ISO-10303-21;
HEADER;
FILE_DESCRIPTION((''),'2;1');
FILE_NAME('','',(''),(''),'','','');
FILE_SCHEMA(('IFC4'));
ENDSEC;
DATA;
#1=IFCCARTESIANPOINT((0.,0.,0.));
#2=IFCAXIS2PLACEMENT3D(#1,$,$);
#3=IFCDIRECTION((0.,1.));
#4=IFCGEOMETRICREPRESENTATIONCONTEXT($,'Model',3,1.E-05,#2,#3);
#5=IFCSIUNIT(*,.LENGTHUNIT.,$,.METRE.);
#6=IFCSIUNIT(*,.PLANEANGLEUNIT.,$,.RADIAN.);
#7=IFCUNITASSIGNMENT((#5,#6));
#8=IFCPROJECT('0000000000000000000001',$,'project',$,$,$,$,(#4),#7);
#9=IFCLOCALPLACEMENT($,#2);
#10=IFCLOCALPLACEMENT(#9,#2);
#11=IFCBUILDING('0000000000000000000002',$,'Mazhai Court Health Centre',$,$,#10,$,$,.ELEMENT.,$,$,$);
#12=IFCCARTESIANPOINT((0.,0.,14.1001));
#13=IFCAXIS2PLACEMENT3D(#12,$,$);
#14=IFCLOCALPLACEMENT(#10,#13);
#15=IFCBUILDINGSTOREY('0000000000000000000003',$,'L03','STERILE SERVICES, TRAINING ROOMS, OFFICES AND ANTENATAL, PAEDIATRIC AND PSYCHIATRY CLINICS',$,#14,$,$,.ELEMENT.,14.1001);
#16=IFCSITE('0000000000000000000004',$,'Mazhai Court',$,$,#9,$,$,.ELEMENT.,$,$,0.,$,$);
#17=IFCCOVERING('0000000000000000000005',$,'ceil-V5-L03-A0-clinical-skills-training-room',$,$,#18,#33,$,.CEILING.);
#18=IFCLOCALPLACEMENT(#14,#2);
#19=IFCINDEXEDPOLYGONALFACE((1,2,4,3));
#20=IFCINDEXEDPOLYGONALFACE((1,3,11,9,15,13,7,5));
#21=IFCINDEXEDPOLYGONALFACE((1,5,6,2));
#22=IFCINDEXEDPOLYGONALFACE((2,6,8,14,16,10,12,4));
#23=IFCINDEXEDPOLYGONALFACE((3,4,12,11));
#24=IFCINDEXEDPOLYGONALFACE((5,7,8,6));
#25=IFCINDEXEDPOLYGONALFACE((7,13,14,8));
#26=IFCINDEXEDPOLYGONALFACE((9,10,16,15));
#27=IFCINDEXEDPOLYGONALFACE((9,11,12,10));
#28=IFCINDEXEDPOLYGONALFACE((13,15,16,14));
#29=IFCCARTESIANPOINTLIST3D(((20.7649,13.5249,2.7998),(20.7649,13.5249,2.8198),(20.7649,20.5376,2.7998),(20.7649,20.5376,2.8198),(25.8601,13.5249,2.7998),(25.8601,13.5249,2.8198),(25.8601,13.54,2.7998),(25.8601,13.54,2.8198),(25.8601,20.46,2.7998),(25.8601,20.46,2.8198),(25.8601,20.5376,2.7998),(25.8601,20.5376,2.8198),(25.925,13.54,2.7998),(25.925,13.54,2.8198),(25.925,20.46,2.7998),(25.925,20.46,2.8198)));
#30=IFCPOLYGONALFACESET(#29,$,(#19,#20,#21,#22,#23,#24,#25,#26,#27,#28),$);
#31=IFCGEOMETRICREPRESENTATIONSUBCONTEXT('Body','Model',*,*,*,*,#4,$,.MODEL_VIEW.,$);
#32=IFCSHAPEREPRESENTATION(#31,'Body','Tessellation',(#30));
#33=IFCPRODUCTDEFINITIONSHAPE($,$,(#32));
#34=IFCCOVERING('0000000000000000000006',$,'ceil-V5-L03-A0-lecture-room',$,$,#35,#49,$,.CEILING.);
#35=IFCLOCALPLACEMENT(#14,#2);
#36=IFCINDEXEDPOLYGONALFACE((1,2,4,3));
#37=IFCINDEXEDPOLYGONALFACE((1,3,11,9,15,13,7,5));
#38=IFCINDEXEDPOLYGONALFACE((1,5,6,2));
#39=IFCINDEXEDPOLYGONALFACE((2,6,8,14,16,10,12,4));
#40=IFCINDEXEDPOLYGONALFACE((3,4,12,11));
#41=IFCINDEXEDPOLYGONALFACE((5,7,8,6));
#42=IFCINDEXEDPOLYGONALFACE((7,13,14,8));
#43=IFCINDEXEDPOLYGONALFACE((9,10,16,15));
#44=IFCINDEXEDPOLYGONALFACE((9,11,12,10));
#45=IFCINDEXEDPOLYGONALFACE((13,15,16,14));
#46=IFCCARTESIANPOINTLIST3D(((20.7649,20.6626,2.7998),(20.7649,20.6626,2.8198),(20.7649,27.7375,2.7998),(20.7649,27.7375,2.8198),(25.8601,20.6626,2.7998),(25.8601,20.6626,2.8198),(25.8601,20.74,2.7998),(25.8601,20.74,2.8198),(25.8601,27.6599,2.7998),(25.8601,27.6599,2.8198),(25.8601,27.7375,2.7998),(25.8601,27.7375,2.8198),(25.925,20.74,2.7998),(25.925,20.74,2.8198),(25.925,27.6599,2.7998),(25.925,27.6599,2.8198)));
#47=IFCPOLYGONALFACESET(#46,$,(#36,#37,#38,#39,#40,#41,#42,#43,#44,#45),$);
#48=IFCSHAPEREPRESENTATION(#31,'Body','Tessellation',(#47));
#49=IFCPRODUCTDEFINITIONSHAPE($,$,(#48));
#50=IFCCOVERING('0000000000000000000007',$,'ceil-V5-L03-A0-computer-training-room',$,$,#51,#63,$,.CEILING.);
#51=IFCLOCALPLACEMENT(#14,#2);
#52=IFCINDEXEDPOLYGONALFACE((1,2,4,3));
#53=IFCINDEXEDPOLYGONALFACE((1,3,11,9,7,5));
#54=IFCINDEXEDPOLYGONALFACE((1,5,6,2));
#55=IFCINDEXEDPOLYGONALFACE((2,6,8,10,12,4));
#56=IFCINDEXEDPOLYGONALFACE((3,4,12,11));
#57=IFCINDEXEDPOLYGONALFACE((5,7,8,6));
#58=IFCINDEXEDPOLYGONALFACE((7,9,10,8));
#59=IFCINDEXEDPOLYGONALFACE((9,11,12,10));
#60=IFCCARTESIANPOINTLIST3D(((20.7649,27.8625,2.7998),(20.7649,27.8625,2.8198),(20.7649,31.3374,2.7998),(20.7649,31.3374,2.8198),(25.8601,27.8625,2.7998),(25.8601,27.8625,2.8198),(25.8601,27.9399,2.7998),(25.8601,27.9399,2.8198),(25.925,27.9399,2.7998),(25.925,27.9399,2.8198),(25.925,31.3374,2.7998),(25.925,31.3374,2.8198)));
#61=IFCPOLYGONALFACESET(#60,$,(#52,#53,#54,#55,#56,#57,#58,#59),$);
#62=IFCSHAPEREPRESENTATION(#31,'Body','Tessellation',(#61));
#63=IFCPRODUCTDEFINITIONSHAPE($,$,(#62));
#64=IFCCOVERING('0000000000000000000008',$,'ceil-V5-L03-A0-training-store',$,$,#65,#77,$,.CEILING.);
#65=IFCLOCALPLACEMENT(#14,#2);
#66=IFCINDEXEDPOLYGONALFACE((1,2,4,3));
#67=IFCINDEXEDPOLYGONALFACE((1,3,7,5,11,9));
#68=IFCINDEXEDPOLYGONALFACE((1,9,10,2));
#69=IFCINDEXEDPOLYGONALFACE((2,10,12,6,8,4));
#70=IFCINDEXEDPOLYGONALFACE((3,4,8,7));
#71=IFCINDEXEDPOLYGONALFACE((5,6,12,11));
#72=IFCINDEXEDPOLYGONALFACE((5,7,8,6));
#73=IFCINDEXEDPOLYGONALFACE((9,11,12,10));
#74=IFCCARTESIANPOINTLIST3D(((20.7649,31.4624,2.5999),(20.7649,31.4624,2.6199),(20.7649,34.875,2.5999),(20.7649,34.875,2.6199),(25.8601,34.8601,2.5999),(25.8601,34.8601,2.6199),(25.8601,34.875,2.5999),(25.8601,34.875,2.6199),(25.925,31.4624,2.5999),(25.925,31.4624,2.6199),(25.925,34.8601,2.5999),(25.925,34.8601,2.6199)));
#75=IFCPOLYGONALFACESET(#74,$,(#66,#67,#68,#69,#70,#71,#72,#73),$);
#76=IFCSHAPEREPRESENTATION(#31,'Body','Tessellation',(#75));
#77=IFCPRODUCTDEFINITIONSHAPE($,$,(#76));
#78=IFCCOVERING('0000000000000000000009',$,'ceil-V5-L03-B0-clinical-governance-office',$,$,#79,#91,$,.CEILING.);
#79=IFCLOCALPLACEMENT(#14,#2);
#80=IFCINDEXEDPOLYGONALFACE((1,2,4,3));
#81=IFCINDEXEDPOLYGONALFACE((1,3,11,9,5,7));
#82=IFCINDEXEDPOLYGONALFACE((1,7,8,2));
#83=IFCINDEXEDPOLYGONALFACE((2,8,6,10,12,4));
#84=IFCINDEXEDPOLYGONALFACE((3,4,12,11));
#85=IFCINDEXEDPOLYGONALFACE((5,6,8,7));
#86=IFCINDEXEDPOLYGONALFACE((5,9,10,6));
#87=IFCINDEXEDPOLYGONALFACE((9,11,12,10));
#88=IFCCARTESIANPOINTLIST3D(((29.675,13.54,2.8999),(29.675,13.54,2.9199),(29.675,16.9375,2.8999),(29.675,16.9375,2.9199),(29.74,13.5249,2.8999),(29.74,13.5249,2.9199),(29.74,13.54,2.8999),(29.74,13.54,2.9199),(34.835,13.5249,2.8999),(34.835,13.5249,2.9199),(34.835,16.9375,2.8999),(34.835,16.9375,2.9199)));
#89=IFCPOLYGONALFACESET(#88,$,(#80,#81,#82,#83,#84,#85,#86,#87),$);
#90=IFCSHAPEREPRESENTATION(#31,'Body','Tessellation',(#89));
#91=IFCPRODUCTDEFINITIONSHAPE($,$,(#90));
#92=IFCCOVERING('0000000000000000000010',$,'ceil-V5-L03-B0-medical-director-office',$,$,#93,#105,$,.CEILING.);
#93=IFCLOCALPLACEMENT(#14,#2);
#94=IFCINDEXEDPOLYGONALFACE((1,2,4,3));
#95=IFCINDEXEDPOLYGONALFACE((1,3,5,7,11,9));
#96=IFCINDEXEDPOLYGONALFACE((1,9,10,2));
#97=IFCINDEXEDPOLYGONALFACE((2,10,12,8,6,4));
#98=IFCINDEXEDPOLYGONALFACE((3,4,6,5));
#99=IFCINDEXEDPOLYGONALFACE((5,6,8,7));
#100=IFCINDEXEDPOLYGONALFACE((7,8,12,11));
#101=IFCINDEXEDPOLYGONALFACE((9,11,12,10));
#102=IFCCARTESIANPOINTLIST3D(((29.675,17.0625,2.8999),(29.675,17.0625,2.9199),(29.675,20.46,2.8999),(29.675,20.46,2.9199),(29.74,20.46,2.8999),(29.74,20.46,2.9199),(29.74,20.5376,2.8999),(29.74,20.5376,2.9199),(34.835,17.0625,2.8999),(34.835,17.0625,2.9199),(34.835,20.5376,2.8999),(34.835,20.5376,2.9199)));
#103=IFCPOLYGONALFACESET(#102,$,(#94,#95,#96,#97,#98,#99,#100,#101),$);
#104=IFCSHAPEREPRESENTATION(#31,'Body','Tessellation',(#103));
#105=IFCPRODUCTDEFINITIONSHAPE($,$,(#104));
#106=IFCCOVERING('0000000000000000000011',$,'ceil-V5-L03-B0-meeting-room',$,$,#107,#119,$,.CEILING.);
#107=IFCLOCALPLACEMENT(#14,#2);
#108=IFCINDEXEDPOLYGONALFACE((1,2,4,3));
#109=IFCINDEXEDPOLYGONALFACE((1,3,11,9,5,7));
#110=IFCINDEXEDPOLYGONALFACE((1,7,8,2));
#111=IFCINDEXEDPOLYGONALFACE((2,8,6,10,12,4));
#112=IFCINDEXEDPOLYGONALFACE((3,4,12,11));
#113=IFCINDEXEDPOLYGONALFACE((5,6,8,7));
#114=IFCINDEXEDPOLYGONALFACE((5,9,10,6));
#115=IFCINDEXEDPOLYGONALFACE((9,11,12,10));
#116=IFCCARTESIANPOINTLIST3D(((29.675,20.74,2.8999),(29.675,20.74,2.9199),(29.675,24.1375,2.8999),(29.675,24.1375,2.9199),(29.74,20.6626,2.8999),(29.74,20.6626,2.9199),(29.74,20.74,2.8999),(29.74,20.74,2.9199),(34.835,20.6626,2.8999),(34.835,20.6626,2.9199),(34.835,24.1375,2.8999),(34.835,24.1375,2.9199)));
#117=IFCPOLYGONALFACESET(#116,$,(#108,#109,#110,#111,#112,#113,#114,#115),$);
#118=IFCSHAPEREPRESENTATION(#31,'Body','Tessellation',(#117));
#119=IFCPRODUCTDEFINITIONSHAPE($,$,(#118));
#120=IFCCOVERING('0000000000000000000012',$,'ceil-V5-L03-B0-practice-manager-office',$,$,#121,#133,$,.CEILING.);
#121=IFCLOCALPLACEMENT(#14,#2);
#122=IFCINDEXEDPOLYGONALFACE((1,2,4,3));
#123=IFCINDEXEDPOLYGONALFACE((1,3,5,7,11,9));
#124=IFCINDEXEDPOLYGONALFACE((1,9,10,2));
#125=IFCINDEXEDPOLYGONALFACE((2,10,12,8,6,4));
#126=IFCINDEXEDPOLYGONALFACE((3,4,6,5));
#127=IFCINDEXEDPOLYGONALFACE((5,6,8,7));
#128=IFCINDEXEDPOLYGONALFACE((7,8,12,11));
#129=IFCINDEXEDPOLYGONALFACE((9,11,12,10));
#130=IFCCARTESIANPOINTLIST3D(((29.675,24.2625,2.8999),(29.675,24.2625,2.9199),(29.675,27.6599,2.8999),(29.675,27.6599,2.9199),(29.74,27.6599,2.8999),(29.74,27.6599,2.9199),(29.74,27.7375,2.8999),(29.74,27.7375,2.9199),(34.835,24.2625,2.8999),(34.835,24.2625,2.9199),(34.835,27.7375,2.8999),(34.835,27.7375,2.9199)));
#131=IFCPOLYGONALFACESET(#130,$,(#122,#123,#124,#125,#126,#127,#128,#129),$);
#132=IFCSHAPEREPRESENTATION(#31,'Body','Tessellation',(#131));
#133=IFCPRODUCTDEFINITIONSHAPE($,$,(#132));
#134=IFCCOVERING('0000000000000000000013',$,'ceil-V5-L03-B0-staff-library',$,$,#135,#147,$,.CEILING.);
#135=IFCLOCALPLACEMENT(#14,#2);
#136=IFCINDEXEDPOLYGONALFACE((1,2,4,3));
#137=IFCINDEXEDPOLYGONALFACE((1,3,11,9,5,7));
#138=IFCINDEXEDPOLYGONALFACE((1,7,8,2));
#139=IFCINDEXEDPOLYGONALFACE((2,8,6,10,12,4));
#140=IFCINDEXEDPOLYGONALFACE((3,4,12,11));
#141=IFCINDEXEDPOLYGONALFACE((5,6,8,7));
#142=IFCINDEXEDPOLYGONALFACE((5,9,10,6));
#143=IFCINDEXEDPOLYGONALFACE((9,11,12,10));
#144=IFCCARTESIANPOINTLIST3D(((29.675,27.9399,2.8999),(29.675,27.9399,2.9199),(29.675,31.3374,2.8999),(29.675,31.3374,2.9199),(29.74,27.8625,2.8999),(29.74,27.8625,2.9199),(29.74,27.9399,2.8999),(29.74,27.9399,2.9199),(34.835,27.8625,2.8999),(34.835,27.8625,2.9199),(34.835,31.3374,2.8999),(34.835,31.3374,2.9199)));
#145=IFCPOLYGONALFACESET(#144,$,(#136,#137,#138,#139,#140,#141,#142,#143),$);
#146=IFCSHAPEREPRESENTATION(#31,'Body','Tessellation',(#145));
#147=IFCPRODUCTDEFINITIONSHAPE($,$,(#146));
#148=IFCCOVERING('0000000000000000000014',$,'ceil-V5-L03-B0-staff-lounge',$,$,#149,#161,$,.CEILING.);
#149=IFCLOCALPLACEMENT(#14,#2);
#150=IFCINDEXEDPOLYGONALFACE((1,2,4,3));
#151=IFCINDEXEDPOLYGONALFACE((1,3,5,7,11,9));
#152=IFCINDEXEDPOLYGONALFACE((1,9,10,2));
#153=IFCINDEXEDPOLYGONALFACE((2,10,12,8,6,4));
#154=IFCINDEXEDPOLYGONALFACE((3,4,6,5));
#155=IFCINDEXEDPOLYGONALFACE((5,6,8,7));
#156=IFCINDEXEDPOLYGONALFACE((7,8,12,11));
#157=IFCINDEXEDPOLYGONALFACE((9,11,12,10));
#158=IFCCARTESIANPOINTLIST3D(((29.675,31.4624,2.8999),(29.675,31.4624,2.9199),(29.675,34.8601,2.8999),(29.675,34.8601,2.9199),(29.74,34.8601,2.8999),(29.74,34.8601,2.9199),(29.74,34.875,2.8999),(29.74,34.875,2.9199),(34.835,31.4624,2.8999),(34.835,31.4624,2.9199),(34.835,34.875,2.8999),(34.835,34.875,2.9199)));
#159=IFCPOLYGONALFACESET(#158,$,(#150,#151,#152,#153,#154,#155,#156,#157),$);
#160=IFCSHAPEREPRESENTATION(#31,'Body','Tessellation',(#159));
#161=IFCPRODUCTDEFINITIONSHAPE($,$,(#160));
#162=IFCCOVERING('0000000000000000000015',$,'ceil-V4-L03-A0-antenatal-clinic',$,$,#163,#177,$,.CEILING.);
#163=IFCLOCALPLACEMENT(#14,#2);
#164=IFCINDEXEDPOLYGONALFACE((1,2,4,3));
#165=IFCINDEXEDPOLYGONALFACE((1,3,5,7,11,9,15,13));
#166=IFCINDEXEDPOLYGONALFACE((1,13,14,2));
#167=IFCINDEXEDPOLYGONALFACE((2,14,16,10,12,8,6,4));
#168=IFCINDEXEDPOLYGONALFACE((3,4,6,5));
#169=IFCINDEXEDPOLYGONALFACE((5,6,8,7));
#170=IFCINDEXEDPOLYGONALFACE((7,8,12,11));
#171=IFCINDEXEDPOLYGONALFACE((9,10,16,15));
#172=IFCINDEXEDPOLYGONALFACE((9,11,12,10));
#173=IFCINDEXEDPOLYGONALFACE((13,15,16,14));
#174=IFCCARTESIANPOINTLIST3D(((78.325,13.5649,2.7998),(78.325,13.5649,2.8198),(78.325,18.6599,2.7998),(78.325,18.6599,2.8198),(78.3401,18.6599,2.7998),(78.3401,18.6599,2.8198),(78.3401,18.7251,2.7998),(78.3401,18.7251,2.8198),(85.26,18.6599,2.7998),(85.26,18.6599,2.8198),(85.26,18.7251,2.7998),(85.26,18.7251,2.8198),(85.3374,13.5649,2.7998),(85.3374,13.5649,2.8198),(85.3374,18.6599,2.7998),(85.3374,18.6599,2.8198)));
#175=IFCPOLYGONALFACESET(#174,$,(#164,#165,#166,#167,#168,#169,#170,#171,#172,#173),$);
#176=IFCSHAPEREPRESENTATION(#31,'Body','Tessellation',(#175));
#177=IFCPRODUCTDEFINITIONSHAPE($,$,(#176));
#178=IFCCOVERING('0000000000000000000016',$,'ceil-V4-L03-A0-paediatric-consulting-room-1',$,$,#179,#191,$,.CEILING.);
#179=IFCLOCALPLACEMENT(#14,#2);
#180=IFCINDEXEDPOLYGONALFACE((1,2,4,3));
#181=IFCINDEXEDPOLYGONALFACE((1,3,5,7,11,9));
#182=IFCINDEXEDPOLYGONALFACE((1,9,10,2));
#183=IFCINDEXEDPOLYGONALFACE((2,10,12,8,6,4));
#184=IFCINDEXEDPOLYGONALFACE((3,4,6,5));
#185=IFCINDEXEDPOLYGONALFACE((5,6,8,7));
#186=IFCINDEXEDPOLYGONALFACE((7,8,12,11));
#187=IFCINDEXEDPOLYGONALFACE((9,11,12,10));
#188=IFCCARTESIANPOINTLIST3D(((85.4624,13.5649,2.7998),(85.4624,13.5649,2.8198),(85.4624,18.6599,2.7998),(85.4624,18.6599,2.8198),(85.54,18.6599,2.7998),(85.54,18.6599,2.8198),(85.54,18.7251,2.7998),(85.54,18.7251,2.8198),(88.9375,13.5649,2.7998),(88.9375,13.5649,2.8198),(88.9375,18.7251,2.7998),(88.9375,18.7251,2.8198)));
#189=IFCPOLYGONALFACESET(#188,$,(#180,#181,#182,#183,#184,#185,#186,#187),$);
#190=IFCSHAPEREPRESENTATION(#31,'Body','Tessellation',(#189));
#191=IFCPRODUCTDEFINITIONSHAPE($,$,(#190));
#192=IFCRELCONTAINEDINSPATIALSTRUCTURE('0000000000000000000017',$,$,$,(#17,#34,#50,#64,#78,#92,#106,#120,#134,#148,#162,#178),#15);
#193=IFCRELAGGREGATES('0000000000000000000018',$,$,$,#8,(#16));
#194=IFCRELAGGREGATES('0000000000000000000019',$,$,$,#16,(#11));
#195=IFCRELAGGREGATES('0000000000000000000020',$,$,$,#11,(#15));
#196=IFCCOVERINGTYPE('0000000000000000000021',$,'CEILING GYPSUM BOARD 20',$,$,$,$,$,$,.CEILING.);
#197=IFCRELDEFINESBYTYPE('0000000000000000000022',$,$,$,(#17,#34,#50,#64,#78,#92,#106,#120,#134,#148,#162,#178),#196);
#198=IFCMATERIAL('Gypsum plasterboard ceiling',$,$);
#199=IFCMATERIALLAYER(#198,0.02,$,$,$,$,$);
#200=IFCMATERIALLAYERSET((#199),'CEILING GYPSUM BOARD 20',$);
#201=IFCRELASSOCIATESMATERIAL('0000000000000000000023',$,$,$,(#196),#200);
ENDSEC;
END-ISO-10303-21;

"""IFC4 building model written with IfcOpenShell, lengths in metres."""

from ifc_helpers import new_model, si_unit, direction, frame, origin, place, context, subcontext, project, spatial, polyline, outline, extrude, material, layer, layer_set, type_object, element, save


model = new_model("IFC4")

# Units and contexts
model_context = context("Model", 3, precision=1e-05, world=origin(), true_north=direction((0.0, 1.0)))
body_context = subcontext(model_context, "Body", "Model", "MODEL_VIEW")
ifc_project = project(units=[si_unit("LENGTHUNIT", "METRE"), si_unit("PLANEANGLEUNIT", "RADIAN")], contexts=[model_context])

# Site, building, storey
site_placement = place(None, origin())
site = spatial("IfcSite", under=ifc_project, at=site_placement, Name="Mazhai Court", CompositionType="ELEMENT", RefElevation=0.0)
building_placement = place(site_placement, origin())
building = spatial("IfcBuilding", under=site, at=building_placement, Name="Mazhai Court Health Centre", CompositionType="ELEMENT")
storey_placement = place(building_placement, frame((0.0, 0.0, 14.1001)))
storey = spatial("IfcBuildingStorey", under=building, at=storey_placement, Name="L03", Description="STERILE SERVICES, TRAINING ROOMS, OFFICES AND ANTENATAL, PAEDIATRIC AND PSYCHIATRY CLINICS", CompositionType="ELEMENT", Elevation=14.1001)

# Coverings
ifc_material_1 = material(Name="Gypsum plasterboard ceiling")
ifc_layer_1 = layer(ifc_material_1, 0.02)
ifc_layer_set_1 = layer_set([ifc_layer_1], Name="CEILING GYPSUM BOARD 20")
covering_type_1 = type_object("IfcCoveringType", Name="CEILING GYPSUM BOARD 20", PredefinedType="CEILING", material=ifc_layer_set_1)
covering_1_placement = place(storey_placement, frame((0.0, 0.0, 2.7998)))
element("IfcCovering", 1, at=covering_1_placement, inside=storey, type_object=covering_type_1, Name="ceil-V5-L03-A0-clinical-skills-training-room", PredefinedType="CEILING", context=body_context, shape_type="SweptSolid", body=[
    extrude(outline(polyline([(25.925, 20.46), (25.8601, 20.46), (25.8601, 20.5376), (20.7649, 20.5376), (20.7649, 13.5249), (25.8601, 13.5249), (25.8601, 13.54), (25.925, 13.54), (25.925, 20.46)])), origin(), (0.0, 0.0, 1.0), 0.02),
])
covering_2_placement = place(storey_placement, frame((0.0, 0.0, 2.7998)))
element("IfcCovering", 2, at=covering_2_placement, inside=storey, type_object=covering_type_1, Name="ceil-V5-L03-A0-lecture-room", PredefinedType="CEILING", context=body_context, shape_type="SweptSolid", body=[
    extrude(outline(polyline([(25.925, 27.6599), (25.8601, 27.6599), (25.8601, 27.7375), (20.7649, 27.7375), (20.7649, 20.6626), (25.8601, 20.6626), (25.8601, 20.74), (25.925, 20.74), (25.925, 27.6599)])), origin(), (0.0, 0.0, 1.0), 0.02),
])
covering_3_placement = place(storey_placement, frame((0.0, 0.0, 2.7998)))
element("IfcCovering", 3, at=covering_3_placement, inside=storey, type_object=covering_type_1, Name="ceil-V5-L03-A0-computer-training-room", PredefinedType="CEILING", context=body_context, shape_type="SweptSolid", body=[
    extrude(outline(polyline([(25.8601, 27.8625), (25.8601, 27.9399), (25.925, 27.9399), (25.925, 31.3374), (20.7649, 31.3374), (20.7649, 27.8625), (25.8601, 27.8625)])), origin(), (0.0, 0.0, 1.0), 0.02),
])
covering_4_placement = place(storey_placement, frame((0.0, 0.0, 2.5999)))
element("IfcCovering", 4, at=covering_4_placement, inside=storey, type_object=covering_type_1, Name="ceil-V5-L03-A0-training-store", PredefinedType="CEILING", context=body_context, shape_type="SweptSolid", body=[
    extrude(outline(polyline([(25.925, 34.8601), (25.8601, 34.8601), (25.8601, 34.875), (20.7649, 34.875), (20.7649, 31.4624), (25.925, 31.4624), (25.925, 34.8601)])), origin(), (0.0, 0.0, 1.0), 0.02),
])
covering_5_placement = place(storey_placement, frame((0.0, 0.0, 2.8999)))
element("IfcCovering", 5, at=covering_5_placement, inside=storey, type_object=covering_type_1, Name="ceil-V5-L03-B0-clinical-governance-office", PredefinedType="CEILING", context=body_context, shape_type="SweptSolid", body=[
    extrude(outline(polyline([(29.675, 13.54), (29.74, 13.54), (29.74, 13.5249), (34.835, 13.5249), (34.835, 16.9375), (29.675, 16.9375), (29.675, 13.54)])), origin(), (0.0, 0.0, 1.0), 0.02),
])
covering_6_placement = place(storey_placement, frame((0.0, 0.0, 2.8999)))
element("IfcCovering", 6, at=covering_6_placement, inside=storey, type_object=covering_type_1, Name="ceil-V5-L03-B0-medical-director-office", PredefinedType="CEILING", context=body_context, shape_type="SweptSolid", body=[
    extrude(outline(polyline([(29.74, 20.5376), (29.74, 20.46), (29.675, 20.46), (29.675, 17.0625), (34.835, 17.0625), (34.835, 20.5376), (29.74, 20.5376)])), origin(), (0.0, 0.0, 1.0), 0.02),
])
covering_7_placement = place(storey_placement, frame((0.0, 0.0, 2.8999)))
element("IfcCovering", 7, at=covering_7_placement, inside=storey, type_object=covering_type_1, Name="ceil-V5-L03-B0-meeting-room", PredefinedType="CEILING", context=body_context, shape_type="SweptSolid", body=[
    extrude(outline(polyline([(29.675, 20.74), (29.74, 20.74), (29.74, 20.6626), (34.835, 20.6626), (34.835, 24.1375), (29.675, 24.1375), (29.675, 20.74)])), origin(), (0.0, 0.0, 1.0), 0.02),
])
covering_8_placement = place(storey_placement, frame((0.0, 0.0, 2.8999)))
element("IfcCovering", 8, at=covering_8_placement, inside=storey, type_object=covering_type_1, Name="ceil-V5-L03-B0-practice-manager-office", PredefinedType="CEILING", context=body_context, shape_type="SweptSolid", body=[
    extrude(outline(polyline([(29.74, 27.7375), (29.74, 27.6599), (29.675, 27.6599), (29.675, 24.2625), (34.835, 24.2625), (34.835, 27.7375), (29.74, 27.7375)])), origin(), (0.0, 0.0, 1.0), 0.02),
])
covering_9_placement = place(storey_placement, frame((0.0, 0.0, 2.8999)))
element("IfcCovering", 9, at=covering_9_placement, inside=storey, type_object=covering_type_1, Name="ceil-V5-L03-B0-staff-library", PredefinedType="CEILING", context=body_context, shape_type="SweptSolid", body=[
    extrude(outline(polyline([(29.675, 27.9399), (29.74, 27.9399), (29.74, 27.8625), (34.835, 27.8625), (34.835, 31.3374), (29.675, 31.3374), (29.675, 27.9399)])), origin(), (0.0, 0.0, 1.0), 0.02),
])
covering_10_placement = place(storey_placement, frame((0.0, 0.0, 2.8999)))
element("IfcCovering", 10, at=covering_10_placement, inside=storey, type_object=covering_type_1, Name="ceil-V5-L03-B0-staff-lounge", PredefinedType="CEILING", context=body_context, shape_type="SweptSolid", body=[
    extrude(outline(polyline([(29.74, 34.875), (29.74, 34.8601), (29.675, 34.8601), (29.675, 31.4624), (34.835, 31.4624), (34.835, 34.875), (29.74, 34.875)])), origin(), (0.0, 0.0, 1.0), 0.02),
])
covering_11_placement = place(storey_placement, frame((0.0, 0.0, 2.7998)))
element("IfcCovering", 11, at=covering_11_placement, inside=storey, type_object=covering_type_1, Name="ceil-V4-L03-A0-antenatal-clinic", PredefinedType="CEILING", context=body_context, shape_type="SweptSolid", body=[
    extrude(outline(polyline([(85.3374, 18.6599), (85.26, 18.6599), (85.26, 18.7251), (78.3401, 18.7251), (78.3401, 18.6599), (78.325, 18.6599), (78.325, 13.5649), (85.3374, 13.5649), (85.3374, 18.6599)])), origin(), (0.0, 0.0, 1.0), 0.02),
])
covering_12_placement = place(storey_placement, frame((0.0, 0.0, 2.7998)))
element("IfcCovering", 12, at=covering_12_placement, inside=storey, type_object=covering_type_1, Name="ceil-V4-L03-A0-paediatric-consulting-room-1", PredefinedType="CEILING", context=body_context, shape_type="SweptSolid", body=[
    extrude(outline(polyline([(85.54, 18.7251), (85.54, 18.6599), (85.4624, 18.6599), (85.4624, 13.5649), (88.9375, 13.5649), (88.9375, 18.7251), (85.54, 18.7251)])), origin(), (0.0, 0.0, 1.0), 0.02),
])

save(model, "model.ifc")
